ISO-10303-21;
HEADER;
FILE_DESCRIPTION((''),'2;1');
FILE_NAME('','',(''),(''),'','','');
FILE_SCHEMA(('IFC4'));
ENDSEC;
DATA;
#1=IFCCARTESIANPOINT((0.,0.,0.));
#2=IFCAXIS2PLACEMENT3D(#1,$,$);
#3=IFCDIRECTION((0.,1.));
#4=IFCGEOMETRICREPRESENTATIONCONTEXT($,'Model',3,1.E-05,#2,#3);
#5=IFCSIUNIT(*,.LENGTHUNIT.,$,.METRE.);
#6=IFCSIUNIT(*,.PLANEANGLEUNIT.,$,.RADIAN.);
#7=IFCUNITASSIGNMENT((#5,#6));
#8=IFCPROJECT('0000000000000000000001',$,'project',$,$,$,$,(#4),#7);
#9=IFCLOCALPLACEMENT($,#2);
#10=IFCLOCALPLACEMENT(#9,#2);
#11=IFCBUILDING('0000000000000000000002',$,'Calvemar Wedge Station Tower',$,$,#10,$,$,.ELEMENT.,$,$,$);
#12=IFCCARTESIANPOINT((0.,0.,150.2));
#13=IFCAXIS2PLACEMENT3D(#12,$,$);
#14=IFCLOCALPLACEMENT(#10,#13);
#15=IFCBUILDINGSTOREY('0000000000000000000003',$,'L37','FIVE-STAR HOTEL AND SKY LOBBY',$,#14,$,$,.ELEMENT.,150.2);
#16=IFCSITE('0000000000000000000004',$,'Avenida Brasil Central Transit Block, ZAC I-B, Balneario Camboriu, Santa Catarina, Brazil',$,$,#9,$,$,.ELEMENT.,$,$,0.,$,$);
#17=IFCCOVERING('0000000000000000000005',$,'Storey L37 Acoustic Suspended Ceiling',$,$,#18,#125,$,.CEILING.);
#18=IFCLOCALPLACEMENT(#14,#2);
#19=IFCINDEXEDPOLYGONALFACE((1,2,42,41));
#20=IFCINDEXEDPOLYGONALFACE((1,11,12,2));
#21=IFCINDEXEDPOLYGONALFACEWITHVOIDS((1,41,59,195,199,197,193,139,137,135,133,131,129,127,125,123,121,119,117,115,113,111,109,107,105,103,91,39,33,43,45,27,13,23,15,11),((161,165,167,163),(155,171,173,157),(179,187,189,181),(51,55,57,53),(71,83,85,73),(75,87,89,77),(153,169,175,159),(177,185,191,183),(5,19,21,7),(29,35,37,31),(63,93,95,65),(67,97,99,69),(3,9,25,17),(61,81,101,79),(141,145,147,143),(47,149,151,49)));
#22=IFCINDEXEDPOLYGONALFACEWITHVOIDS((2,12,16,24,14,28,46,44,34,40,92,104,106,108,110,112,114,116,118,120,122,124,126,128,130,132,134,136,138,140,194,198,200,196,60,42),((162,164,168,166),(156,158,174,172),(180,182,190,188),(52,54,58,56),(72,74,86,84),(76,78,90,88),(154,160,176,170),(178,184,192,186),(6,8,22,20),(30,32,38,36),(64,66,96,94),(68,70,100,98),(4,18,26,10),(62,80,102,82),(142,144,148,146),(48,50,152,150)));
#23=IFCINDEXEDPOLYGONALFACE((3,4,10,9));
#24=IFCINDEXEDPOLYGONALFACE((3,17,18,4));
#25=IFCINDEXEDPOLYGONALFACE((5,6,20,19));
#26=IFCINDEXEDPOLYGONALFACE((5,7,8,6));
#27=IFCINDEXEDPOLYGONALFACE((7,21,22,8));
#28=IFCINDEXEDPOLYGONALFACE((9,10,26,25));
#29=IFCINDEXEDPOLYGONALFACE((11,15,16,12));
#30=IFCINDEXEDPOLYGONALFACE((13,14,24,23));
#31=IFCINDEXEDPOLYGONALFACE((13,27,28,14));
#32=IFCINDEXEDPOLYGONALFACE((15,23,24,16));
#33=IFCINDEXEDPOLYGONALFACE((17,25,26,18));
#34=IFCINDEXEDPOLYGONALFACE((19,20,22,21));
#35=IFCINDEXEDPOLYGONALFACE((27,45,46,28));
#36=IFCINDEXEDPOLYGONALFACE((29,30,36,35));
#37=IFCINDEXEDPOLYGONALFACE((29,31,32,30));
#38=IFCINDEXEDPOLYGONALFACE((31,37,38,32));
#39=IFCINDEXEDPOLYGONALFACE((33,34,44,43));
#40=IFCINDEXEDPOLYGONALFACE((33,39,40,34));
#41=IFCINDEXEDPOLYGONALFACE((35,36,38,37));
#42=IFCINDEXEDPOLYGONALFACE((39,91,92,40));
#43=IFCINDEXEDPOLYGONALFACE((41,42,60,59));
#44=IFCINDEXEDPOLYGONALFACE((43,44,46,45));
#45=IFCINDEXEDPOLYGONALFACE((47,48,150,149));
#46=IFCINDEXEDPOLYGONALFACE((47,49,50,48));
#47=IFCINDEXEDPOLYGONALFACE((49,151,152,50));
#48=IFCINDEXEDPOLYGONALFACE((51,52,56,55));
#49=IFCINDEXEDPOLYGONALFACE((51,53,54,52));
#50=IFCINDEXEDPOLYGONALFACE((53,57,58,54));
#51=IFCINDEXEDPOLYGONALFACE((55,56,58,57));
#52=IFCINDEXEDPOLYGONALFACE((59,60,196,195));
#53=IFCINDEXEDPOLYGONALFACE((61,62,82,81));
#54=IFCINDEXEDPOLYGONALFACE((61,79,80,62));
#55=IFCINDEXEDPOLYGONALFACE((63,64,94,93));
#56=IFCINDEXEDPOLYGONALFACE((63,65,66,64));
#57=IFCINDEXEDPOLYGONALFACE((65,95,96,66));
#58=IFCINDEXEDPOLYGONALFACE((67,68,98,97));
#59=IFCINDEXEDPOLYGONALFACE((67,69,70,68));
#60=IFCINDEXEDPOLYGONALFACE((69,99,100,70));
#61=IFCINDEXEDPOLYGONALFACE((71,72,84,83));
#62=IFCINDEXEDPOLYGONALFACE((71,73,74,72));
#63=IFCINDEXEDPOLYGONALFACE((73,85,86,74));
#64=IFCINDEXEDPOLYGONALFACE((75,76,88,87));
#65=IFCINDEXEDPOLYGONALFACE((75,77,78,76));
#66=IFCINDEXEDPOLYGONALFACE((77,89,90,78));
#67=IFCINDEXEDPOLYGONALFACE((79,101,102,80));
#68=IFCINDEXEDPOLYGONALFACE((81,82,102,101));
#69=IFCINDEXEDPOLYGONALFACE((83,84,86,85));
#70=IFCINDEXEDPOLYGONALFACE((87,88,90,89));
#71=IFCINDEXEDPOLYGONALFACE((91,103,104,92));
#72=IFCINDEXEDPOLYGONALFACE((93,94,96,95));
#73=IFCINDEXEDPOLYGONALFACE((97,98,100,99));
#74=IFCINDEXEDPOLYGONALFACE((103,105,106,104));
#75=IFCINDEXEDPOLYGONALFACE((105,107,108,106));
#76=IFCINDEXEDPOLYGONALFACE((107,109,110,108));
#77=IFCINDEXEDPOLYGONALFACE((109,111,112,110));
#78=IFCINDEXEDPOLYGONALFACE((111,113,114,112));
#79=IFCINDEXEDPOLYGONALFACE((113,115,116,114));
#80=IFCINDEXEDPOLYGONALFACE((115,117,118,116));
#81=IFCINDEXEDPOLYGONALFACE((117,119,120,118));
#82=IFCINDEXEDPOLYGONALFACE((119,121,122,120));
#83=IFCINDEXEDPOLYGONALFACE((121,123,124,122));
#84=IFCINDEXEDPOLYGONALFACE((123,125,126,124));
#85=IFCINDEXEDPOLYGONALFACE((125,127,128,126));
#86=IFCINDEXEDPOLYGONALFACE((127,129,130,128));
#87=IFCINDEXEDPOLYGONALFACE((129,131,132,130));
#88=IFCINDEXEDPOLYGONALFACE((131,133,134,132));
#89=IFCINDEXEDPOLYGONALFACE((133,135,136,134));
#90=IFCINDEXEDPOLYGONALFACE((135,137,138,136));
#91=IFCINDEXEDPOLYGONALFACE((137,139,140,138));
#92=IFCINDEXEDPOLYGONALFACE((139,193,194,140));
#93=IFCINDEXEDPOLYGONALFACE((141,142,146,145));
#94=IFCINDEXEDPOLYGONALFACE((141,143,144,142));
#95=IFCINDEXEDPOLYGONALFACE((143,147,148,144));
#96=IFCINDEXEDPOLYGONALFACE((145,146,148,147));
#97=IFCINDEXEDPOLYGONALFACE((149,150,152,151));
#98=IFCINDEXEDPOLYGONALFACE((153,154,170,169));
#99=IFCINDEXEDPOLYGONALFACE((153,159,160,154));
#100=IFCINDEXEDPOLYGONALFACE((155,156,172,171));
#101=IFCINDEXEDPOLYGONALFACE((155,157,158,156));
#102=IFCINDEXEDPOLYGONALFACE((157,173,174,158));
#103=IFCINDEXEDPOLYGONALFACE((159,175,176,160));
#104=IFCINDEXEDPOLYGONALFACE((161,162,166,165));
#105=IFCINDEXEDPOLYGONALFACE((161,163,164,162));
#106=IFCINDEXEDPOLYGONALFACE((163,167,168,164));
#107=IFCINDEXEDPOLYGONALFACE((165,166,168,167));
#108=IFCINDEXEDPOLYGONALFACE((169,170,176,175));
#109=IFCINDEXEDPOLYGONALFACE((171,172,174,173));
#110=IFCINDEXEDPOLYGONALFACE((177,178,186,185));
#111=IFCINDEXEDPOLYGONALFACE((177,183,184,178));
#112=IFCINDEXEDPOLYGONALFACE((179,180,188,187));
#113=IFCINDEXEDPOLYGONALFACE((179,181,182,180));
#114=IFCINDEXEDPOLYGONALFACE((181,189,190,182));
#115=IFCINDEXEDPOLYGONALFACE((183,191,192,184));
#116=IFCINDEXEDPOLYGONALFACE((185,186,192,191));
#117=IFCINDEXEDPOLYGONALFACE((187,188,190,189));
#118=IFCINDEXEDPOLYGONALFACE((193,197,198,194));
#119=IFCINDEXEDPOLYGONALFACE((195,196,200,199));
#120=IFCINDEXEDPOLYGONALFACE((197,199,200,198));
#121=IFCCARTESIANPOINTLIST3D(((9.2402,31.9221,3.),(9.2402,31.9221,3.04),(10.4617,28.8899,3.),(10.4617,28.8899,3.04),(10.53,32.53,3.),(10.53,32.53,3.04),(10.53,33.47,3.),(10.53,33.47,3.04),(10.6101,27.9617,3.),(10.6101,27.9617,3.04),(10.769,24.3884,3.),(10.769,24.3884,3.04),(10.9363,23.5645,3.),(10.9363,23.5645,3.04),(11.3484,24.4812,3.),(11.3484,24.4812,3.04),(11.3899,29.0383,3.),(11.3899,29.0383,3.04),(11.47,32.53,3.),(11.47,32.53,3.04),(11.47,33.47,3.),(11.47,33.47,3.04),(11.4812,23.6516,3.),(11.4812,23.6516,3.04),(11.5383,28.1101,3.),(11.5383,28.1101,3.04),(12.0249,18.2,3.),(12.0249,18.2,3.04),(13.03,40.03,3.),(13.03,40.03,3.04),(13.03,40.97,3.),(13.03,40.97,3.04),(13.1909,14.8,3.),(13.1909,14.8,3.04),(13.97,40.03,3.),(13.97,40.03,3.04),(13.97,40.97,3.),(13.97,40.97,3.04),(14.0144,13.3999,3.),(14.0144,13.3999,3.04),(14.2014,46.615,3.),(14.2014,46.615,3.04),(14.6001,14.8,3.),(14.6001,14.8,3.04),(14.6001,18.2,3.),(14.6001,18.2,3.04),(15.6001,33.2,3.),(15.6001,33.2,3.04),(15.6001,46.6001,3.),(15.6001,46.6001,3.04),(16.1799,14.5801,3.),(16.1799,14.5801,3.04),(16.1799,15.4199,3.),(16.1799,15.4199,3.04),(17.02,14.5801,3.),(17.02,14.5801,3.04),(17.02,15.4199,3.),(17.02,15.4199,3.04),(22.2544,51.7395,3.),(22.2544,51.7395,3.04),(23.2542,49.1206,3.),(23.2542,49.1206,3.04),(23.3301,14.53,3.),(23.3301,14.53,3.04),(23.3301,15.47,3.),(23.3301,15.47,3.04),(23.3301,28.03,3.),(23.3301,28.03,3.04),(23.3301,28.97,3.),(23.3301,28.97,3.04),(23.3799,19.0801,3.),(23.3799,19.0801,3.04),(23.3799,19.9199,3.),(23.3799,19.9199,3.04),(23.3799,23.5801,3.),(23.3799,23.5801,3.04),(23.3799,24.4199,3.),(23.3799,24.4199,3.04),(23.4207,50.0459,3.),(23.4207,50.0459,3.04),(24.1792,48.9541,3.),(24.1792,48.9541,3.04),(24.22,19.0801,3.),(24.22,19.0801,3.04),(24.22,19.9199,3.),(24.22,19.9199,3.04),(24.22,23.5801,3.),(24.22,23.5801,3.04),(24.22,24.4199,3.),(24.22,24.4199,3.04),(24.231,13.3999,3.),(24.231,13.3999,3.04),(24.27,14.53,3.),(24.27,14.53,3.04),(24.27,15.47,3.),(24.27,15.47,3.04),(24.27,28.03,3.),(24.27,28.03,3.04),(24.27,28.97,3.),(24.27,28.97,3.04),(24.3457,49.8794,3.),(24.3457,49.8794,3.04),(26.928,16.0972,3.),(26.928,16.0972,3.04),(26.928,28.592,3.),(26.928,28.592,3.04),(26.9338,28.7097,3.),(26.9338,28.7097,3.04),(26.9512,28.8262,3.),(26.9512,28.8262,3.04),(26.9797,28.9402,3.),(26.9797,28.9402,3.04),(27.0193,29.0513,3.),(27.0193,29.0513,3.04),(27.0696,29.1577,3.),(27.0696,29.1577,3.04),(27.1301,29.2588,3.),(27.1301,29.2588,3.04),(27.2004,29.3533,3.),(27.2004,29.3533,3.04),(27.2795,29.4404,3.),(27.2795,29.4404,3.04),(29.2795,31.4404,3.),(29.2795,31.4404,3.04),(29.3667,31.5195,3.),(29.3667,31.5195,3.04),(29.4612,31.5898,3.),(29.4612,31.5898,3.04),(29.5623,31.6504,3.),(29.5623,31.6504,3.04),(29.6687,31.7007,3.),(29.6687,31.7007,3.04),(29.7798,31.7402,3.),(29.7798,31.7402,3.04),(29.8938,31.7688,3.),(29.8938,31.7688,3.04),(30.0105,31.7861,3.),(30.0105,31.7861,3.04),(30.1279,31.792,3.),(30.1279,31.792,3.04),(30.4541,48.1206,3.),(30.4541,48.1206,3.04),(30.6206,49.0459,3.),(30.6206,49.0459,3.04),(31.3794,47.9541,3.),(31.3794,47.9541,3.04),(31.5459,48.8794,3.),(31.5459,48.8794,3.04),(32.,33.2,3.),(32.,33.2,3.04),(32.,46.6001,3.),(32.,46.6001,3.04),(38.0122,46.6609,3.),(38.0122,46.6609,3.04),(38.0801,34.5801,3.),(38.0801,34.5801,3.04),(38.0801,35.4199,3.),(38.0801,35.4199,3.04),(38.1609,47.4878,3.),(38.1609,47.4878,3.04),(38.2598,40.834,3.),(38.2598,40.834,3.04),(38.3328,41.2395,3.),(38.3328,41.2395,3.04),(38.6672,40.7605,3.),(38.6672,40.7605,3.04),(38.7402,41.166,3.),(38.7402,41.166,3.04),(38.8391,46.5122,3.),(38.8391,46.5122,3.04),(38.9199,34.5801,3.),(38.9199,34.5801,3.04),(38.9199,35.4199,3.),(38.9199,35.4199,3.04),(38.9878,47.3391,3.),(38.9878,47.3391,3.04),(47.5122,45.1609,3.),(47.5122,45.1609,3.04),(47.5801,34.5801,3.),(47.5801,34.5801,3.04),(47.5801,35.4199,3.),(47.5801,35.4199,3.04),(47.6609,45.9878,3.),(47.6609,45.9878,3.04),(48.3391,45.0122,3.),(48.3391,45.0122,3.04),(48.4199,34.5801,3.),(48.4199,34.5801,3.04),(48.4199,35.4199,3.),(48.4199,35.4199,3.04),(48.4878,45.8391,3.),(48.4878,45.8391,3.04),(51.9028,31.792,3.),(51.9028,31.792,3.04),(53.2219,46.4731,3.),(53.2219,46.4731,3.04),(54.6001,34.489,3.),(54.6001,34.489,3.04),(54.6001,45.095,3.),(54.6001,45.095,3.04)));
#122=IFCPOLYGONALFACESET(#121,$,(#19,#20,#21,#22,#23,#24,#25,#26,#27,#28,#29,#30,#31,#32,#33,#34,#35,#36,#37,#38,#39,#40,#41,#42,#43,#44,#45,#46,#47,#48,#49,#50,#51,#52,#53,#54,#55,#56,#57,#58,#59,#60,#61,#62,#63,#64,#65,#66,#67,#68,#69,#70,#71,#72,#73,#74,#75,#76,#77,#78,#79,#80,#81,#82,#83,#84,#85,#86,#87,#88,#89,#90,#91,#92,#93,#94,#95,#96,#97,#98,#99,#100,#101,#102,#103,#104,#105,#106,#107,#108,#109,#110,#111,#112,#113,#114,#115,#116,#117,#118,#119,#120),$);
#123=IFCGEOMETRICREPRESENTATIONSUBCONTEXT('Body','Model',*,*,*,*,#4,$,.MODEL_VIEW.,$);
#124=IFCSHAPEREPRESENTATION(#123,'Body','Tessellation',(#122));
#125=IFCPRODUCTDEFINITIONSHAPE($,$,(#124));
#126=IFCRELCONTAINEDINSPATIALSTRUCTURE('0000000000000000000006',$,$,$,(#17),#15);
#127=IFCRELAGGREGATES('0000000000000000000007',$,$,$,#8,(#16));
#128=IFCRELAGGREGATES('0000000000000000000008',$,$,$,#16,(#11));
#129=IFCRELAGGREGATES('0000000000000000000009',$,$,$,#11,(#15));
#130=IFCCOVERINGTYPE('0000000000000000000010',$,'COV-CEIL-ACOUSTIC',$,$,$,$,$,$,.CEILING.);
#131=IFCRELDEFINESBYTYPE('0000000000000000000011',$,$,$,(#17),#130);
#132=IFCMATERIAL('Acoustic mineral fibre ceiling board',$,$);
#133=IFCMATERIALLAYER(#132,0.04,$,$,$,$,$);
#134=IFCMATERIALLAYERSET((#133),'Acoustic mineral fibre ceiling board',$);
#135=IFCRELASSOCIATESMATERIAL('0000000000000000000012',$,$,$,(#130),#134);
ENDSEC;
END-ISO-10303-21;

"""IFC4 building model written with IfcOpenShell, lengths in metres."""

from ifc_helpers import new_model, si_unit, direction, frame, origin, place, context, subcontext, project, spatial, polyline, outline, extrude, material, layer, layer_set, type_object, element, save


model = new_model("IFC4")

# Units and contexts
model_context = context("Model", 3, precision=1e-05, world=origin(), true_north=direction((0.0, 1.0)))
body_context = subcontext(model_context, "Body", "Model", "MODEL_VIEW")
ifc_project = project(units=[si_unit("LENGTHUNIT", "METRE"), si_unit("PLANEANGLEUNIT", "RADIAN")], contexts=[model_context])

# Site, building, storey
site_placement = place(None, origin())
site = spatial("IfcSite", under=ifc_project, at=site_placement, Name="Avenida Brasil Central Transit Block, ZAC I-B, Balneario Camboriu, Santa Catarina, Brazil", CompositionType="ELEMENT", RefElevation=0.0)
building_placement = place(site_placement, origin())
building = spatial("IfcBuilding", under=site, at=building_placement, Name="Calvemar Wedge Station Tower", CompositionType="ELEMENT")
storey_placement = place(building_placement, frame((0.0, 0.0, 150.2)))
storey = spatial("IfcBuildingStorey", under=building, at=storey_placement, Name="L37", Description="FIVE-STAR HOTEL AND SKY LOBBY", CompositionType="ELEMENT", Elevation=150.2)

# Covering
ifc_material_1 = material(Name="Acoustic mineral fibre ceiling board")
ifc_layer_1 = layer(ifc_material_1, 0.04)
ifc_layer_set_1 = layer_set([ifc_layer_1], Name="Acoustic mineral fibre ceiling board")
covering_type_1 = type_object("IfcCoveringType", Name="COV-CEIL-ACOUSTIC", PredefinedType="CEILING", material=ifc_layer_set_1)
covering_1_placement = place(storey_placement, frame((0.0, 0.0, 3.0)))
element("IfcCovering", 1, at=covering_1_placement, inside=storey, type_object=covering_type_1, Name="Storey L37 Acoustic Suspended Ceiling", PredefinedType="CEILING", context=body_context, shape_type="SweptSolid", body=[
    extrude(outline(polyline([(27.2795, 29.4404), (29.2795, 31.4404), (29.3667, 31.5195), (29.4612, 31.5898), (29.5623, 31.6504), (29.6687, 31.7007), (29.7798, 31.7402), (29.8938, 31.7688), (30.0105, 31.7861), (30.1279, 31.792), (51.9028, 31.792), (54.6001, 34.489), (54.6001, 45.095), (53.2219, 46.4731), (22.2544, 51.7395), (14.2014, 46.615), (9.2402, 31.9221), (10.769, 24.3884), (11.3484, 24.4812), (11.4812, 23.6516), (10.9363, 23.5645), (12.0249, 18.2), (14.6001, 18.2), (14.6001, 14.8), (13.1909, 14.8), (14.0144, 13.3999), (24.231, 13.3999), (26.928, 16.0972), (26.928, 28.592), (26.9338, 28.7097), (26.9512, 28.8262), (26.9797, 28.9402), (27.0193, 29.0513), (27.0696, 29.1577), (27.1301, 29.2588), (27.2004, 29.3533), (27.2795, 29.4404)]), holes=[polyline([(15.6001, 46.6001), (32.0, 46.6001), (32.0, 33.2), (15.6001, 33.2), (15.6001, 46.6001)]), polyline([(10.53, 32.53), (10.53, 33.47), (11.47, 33.47), (11.47, 32.53), (10.53, 32.53)]), polyline([(13.03, 40.97), (13.97, 40.97), (13.97, 40.03), (13.03, 40.03), (13.03, 40.97)]), polyline([(24.3457, 49.8794), (24.1792, 48.9541), (23.2542, 49.1206), (23.4207, 50.0459), (24.3457, 49.8794)]), polyline([(31.3794, 47.9541), (30.4541, 48.1206), (30.6206, 49.0459), (31.5459, 48.8794), (31.3794, 47.9541)]), polyline([(38.0122, 46.6609), (38.1609, 47.4878), (38.9878, 47.3391), (38.8391, 46.5122), (38.0122, 46.6609)]), polyline([(47.6609, 45.9878), (48.4878, 45.8391), (48.3391, 45.0122), (47.5122, 45.1609), (47.6609, 45.9878)]), polyline([(38.9199, 35.4199), (38.9199, 34.5801), (38.0801, 34.5801), (38.0801, 35.4199), (38.9199, 35.4199)]), polyline([(48.4199, 34.5801), (47.5801, 34.5801), (47.5801, 35.4199), (48.4199, 35.4199), (48.4199, 34.5801)]), polyline([(38.2598, 40.834), (38.3328, 41.2395), (38.7402, 41.166), (38.6672, 40.7605), (38.2598, 40.834)]), polyline([(11.3899, 29.0383), (11.5383, 28.1101), (10.6101, 27.9617), (10.4617, 28.8899), (11.3899, 29.0383)]), polyline([(24.27, 28.03), (23.3301, 28.03), (23.3301, 28.97), (24.27, 28.97), (24.27, 28.03)]), polyline([(23.3799, 23.5801), (23.3799, 24.4199), (24.22, 24.4199), (24.22, 23.5801), (23.3799, 23.5801)]), polyline([(23.3799, 19.9199), (24.22, 19.9199), (24.22, 19.0801), (23.3799, 19.0801), (23.3799, 19.9199)]), polyline([(24.27, 15.47), (24.27, 14.53), (23.3301, 14.53), (23.3301, 15.47), (24.27, 15.47)]), polyline([(17.02, 14.5801), (16.1799, 14.5801), (16.1799, 15.4199), (17.02, 15.4199), (17.02, 14.5801)])]), origin(), (0.0, 0.0, 1.0), 0.04),
])

save(model, "model.ifc")
